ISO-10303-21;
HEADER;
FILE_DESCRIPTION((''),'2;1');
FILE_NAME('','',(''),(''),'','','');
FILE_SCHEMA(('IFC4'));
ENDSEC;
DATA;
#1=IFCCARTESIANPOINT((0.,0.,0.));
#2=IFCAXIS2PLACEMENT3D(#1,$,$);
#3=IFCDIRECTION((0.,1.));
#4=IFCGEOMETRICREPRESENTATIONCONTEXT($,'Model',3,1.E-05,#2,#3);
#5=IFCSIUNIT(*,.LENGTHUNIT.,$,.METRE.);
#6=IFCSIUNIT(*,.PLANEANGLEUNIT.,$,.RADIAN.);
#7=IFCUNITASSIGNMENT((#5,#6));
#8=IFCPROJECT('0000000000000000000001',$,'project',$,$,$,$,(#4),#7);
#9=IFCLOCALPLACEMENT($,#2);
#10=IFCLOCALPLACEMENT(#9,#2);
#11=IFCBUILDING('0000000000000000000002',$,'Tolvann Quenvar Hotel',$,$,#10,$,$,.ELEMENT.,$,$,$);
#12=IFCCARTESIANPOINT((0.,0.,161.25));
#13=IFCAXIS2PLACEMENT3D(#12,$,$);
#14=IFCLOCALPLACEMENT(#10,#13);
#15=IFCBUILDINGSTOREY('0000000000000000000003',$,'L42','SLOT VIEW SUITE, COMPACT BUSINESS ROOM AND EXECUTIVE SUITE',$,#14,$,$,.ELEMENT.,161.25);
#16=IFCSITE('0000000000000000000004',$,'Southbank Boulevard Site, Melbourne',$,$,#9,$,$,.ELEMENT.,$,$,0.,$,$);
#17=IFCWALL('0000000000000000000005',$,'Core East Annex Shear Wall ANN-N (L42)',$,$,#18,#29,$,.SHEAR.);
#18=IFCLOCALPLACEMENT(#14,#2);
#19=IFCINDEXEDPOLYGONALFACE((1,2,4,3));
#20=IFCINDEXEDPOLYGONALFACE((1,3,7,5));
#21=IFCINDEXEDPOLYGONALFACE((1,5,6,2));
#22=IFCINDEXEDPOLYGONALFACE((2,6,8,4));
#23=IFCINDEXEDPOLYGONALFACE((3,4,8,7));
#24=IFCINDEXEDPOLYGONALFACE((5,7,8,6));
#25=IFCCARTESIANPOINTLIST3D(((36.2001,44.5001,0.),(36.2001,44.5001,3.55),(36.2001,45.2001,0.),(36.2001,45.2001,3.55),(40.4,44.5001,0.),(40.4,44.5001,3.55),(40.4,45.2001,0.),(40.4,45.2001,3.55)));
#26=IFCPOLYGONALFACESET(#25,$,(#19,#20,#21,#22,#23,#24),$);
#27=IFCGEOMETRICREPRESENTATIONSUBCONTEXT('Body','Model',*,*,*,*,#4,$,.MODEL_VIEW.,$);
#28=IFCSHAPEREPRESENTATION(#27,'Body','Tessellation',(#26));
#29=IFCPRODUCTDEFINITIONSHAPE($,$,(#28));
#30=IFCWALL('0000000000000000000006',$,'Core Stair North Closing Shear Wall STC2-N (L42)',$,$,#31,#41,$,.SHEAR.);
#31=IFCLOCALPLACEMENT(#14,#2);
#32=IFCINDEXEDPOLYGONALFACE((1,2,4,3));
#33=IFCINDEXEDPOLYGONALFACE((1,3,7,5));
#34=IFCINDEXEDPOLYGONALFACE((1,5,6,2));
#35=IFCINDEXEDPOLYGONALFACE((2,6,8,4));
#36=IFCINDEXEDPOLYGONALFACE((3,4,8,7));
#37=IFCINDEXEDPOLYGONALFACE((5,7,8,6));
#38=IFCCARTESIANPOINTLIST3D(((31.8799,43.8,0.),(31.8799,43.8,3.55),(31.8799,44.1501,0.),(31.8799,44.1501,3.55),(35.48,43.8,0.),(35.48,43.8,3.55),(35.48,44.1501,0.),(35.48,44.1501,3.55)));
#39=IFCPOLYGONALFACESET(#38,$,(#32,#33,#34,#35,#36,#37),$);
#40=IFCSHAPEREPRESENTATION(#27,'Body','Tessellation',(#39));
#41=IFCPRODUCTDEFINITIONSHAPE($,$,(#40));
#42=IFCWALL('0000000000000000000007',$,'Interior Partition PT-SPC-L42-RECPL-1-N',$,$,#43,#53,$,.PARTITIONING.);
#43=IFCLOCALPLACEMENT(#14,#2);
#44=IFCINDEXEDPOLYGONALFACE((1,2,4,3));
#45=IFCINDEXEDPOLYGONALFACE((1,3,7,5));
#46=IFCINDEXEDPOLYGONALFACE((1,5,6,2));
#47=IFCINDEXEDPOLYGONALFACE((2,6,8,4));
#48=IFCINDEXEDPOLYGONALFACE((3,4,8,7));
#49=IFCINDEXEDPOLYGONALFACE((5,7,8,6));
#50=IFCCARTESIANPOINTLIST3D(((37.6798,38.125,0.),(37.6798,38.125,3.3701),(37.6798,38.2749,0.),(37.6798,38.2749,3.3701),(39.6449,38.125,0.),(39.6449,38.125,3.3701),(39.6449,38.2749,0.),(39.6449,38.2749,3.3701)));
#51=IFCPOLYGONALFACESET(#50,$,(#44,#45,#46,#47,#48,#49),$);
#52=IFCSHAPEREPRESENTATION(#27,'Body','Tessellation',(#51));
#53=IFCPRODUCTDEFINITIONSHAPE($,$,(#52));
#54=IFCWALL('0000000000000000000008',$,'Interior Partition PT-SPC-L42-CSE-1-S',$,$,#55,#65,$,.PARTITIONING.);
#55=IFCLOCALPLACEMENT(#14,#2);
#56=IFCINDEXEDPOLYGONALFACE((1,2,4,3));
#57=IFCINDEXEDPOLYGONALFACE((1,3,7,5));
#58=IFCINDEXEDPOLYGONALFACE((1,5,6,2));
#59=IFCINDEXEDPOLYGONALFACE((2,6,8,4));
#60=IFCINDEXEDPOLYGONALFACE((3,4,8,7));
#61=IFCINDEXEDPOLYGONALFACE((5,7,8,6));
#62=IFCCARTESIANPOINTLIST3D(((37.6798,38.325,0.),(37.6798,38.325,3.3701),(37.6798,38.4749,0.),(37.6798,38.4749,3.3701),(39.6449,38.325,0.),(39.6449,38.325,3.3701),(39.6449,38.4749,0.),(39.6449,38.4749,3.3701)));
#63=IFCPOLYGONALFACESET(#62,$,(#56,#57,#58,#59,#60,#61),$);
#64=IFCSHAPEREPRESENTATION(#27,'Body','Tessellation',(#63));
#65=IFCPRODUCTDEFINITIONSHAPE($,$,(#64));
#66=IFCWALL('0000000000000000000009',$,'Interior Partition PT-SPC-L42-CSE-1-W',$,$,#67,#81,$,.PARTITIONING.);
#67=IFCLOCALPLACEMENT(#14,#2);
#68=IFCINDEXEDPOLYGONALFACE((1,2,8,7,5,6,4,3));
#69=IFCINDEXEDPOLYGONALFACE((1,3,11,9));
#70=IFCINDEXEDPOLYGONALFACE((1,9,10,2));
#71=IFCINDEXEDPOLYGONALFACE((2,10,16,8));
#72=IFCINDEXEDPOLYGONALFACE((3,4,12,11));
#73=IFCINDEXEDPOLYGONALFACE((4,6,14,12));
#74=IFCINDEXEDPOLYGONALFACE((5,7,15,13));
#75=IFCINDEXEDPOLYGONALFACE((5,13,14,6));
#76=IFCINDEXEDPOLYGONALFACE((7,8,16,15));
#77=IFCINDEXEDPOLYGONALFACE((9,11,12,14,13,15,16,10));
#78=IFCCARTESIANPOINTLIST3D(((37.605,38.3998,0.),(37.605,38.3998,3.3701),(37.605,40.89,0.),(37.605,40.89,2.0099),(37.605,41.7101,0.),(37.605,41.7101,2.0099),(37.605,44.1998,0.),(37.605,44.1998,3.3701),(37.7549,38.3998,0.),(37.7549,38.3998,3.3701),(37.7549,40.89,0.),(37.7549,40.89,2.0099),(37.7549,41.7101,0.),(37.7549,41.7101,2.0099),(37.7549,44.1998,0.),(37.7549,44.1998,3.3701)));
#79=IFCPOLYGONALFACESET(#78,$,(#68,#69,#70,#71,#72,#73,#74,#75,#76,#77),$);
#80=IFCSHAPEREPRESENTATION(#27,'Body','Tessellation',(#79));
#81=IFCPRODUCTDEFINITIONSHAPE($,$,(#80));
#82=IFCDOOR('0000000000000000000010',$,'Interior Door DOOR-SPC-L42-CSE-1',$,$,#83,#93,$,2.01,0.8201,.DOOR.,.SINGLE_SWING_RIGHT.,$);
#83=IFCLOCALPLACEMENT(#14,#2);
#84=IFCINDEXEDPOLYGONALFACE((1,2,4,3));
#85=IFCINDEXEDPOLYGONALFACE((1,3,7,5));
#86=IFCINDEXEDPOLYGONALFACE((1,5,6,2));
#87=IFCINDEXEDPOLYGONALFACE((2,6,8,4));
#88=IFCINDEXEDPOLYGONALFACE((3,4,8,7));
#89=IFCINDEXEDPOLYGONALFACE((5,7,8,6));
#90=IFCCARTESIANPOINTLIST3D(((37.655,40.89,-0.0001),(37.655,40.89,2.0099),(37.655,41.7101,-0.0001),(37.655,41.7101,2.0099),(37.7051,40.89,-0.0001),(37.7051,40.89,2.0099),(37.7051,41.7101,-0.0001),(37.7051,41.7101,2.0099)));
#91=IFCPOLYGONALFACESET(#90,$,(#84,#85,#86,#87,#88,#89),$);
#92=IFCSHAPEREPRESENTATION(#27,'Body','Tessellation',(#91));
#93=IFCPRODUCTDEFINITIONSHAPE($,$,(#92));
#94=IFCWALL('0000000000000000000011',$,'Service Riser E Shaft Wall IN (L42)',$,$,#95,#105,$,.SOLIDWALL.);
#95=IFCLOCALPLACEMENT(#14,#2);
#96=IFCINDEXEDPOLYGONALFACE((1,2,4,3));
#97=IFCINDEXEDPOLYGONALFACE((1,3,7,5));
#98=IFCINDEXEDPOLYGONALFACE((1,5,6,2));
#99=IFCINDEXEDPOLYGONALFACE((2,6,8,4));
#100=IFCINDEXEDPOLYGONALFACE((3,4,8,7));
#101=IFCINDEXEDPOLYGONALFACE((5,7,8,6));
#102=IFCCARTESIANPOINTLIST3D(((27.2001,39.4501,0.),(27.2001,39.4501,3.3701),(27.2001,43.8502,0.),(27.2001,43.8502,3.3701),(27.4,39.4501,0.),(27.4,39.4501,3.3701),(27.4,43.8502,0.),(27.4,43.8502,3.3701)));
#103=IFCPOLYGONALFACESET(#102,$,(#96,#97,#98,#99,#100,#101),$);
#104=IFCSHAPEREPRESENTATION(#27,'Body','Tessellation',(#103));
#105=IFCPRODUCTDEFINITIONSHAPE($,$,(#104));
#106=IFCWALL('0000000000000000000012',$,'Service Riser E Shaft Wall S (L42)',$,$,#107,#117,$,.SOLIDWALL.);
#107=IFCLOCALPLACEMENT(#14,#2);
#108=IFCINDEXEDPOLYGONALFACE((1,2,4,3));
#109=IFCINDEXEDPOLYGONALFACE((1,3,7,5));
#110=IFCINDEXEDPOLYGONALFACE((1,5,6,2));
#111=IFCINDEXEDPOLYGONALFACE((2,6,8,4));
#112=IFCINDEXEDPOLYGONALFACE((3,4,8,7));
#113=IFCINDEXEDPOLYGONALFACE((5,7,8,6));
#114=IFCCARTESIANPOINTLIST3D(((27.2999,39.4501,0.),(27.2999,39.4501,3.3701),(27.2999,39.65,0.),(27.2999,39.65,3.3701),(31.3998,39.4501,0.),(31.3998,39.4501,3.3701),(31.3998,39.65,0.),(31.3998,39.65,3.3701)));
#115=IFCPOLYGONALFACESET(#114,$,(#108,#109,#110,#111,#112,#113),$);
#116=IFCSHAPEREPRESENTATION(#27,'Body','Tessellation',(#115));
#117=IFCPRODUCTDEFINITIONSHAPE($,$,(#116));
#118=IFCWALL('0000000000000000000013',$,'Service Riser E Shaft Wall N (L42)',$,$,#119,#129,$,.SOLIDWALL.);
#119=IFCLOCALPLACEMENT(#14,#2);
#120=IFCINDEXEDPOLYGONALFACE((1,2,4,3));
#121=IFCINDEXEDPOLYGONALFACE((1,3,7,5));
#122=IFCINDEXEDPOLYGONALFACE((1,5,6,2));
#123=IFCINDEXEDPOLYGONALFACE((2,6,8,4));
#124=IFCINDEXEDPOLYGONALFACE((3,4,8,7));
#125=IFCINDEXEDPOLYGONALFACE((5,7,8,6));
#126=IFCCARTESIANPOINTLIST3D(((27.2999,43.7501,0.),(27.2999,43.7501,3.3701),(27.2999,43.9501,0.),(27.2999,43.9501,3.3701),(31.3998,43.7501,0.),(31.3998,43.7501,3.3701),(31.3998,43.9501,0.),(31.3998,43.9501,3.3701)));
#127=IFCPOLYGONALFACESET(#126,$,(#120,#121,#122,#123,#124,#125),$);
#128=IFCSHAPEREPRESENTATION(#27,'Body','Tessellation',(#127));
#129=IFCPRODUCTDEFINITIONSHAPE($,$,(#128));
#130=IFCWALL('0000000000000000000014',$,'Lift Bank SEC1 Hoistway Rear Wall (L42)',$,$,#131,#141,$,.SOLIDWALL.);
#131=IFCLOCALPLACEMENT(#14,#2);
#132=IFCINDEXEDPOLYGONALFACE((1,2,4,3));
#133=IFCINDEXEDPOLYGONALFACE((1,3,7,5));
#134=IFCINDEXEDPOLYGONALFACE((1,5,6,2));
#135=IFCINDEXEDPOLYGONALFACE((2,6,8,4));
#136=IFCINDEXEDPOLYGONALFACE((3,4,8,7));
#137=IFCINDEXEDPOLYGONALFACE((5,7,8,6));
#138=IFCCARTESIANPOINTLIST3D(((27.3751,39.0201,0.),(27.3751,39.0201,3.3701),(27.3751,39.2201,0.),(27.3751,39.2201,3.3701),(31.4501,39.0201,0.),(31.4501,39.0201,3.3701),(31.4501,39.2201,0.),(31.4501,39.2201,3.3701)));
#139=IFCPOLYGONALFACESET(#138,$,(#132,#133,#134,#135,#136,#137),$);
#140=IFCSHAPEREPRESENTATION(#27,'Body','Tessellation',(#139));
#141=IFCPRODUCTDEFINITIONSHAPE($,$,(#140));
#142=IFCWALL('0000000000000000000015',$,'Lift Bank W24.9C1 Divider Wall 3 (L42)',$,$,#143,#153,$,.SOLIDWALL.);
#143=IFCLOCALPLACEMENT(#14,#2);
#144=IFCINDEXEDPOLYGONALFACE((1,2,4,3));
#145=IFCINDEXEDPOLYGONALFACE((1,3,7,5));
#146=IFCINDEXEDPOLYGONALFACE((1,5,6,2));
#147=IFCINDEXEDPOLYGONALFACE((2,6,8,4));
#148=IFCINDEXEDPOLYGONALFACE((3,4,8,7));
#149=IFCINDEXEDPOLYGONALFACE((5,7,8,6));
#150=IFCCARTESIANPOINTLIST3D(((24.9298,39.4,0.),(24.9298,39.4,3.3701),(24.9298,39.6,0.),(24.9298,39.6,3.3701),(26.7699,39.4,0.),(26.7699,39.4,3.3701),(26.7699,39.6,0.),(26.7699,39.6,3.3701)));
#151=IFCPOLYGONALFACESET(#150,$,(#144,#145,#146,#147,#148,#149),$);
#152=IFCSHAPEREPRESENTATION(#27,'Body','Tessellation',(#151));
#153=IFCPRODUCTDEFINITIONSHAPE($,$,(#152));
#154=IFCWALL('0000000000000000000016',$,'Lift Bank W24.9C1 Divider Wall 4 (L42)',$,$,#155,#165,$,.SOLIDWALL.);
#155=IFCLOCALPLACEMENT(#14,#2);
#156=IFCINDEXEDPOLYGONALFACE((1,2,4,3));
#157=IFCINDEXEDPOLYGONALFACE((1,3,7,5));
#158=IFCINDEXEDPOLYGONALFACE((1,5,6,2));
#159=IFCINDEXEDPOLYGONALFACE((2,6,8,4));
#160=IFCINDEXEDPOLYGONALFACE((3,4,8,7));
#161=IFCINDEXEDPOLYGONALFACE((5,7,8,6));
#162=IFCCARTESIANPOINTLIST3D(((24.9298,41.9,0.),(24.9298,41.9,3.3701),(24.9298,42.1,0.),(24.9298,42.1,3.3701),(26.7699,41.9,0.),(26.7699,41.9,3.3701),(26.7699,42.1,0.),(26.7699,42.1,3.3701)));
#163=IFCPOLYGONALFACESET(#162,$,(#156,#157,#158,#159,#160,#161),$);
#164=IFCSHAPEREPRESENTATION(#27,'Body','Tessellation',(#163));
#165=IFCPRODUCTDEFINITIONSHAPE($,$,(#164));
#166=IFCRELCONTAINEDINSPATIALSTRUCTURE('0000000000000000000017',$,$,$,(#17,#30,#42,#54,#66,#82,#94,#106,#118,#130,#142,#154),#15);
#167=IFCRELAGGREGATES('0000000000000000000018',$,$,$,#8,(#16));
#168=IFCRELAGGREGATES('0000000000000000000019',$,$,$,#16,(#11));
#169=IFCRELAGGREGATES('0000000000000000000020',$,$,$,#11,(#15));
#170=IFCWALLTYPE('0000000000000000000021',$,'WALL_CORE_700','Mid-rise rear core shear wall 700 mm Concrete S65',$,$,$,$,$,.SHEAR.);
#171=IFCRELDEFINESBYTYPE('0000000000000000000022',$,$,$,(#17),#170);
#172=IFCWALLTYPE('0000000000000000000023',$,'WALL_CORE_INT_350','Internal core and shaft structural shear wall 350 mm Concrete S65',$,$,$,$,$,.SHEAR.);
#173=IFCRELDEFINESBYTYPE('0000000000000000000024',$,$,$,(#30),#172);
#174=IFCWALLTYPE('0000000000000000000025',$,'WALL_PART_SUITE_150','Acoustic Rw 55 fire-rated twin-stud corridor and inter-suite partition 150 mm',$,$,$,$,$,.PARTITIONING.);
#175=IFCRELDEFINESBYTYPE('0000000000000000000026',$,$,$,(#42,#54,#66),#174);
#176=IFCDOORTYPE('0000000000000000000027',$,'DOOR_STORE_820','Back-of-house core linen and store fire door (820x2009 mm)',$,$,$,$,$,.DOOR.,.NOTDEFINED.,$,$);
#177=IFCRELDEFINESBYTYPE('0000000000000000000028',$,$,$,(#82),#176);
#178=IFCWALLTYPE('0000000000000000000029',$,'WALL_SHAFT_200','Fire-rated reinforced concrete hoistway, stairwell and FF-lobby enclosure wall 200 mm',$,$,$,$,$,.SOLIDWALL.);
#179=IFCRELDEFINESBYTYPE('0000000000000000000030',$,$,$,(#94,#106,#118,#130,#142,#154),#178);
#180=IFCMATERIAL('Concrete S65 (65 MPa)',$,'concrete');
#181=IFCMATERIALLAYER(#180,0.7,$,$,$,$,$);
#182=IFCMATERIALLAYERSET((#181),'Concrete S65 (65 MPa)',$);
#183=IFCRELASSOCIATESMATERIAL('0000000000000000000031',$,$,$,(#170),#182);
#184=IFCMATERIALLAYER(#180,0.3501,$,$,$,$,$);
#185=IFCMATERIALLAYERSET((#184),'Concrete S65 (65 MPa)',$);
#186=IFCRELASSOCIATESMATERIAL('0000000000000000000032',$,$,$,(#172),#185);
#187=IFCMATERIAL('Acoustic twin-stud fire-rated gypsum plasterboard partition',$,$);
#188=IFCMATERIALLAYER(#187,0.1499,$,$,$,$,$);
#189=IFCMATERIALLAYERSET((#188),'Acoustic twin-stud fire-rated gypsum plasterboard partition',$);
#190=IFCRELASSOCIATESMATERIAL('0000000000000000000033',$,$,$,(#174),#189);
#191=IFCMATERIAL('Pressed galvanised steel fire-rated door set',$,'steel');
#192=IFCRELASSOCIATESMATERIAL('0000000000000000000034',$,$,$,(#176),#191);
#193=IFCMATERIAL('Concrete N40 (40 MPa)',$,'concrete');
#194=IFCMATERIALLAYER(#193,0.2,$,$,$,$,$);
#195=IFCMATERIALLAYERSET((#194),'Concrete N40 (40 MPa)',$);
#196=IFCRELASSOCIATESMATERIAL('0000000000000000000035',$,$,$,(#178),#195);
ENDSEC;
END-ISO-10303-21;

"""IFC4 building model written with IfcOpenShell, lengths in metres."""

from ifc_helpers import new_model, si_unit, direction, frame, frame_2d, origin, place, context, subcontext, project, spatial, rectangle, extrude, source, transform, mapped, material, layer, layer_set, type_object, type_shapes, element, fill, save


model = new_model("IFC4")

# Units and contexts
model_context = context("Model", 3, precision=1e-05, world=origin(), true_north=direction((0.0, 1.0)))
body_context = subcontext(model_context, "Body", "Model", "MODEL_VIEW")
ifc_project = project(units=[si_unit("LENGTHUNIT", "METRE"), si_unit("PLANEANGLEUNIT", "RADIAN")], contexts=[model_context])

# Site, building, storey
site_placement = place(None, origin())
site = spatial("IfcSite", under=ifc_project, at=site_placement, Name="Southbank Boulevard Site, Melbourne", CompositionType="ELEMENT", RefElevation=0.0)
building_placement = place(site_placement, origin())
building = spatial("IfcBuilding", under=site, at=building_placement, Name="Tolvann Quenvar Hotel", CompositionType="ELEMENT")
storey_placement = place(building_placement, frame((0.0, 0.0, 161.25)))
storey = spatial("IfcBuildingStorey", under=building, at=storey_placement, Name="L42", Description="SLOT VIEW SUITE, COMPACT BUSINESS ROOM AND EXECUTIVE SUITE", CompositionType="ELEMENT", Elevation=161.25)

# Walls
ifc_material_1 = material(Name="Concrete S65 (65 MPa)", Category="concrete")
ifc_layer_1 = layer(ifc_material_1, 0.7)
ifc_layer_set_1 = layer_set([ifc_layer_1], Name="Concrete S65 (65 MPa)")
wall_type_1 = type_object("IfcWallType", Name="WALL_CORE_700", Description="Mid-rise rear core shear wall 700 mm Concrete S65", PredefinedType="SHEAR", material=ifc_layer_set_1)
wall_1_placement = place(storey_placement, frame((36.2, 44.8501, 0.0), z_axis=(0.0, 0.0, 1.0), x_axis=(1.0, 0.0, 0.0)))
element("IfcWall", 1, at=wall_1_placement, inside=storey, type_object=wall_type_1, Name="Core East Annex Shear Wall ANN-N (L42)", PredefinedType="SHEAR", context=body_context, shape_type="SweptSolid", body=[
    extrude(rectangle(XDim=4.2, YDim=0.7, at=frame_2d((2.1001, 0.0))), origin(), (0.0, 0.0, 1.0), 3.55),
])
ifc_layer_2 = layer(ifc_material_1, 0.3501)
ifc_layer_set_2 = layer_set([ifc_layer_2], Name="Concrete S65 (65 MPa)")
wall_type_2 = type_object("IfcWallType", Name="WALL_CORE_INT_350", Description="Internal core and shaft structural shear wall 350 mm Concrete S65", PredefinedType="SHEAR", material=ifc_layer_set_2)
wall_2_placement = place(storey_placement, frame((31.8799, 43.9751, 0.0), z_axis=(0.0, 0.0, 1.0), x_axis=(1.0, 0.0, 0.0)))
element("IfcWall", 2, at=wall_2_placement, inside=storey, type_object=wall_type_2, Name="Core Stair North Closing Shear Wall STC2-N (L42)", PredefinedType="SHEAR", context=body_context, shape_type="SweptSolid", body=[
    extrude(rectangle(XDim=3.6001, YDim=0.3501, at=frame_2d((1.8, 0.0))), origin(), (0.0, 0.0, 1.0), 3.55),
])
ifc_material_2 = material(Name="Acoustic twin-stud fire-rated gypsum plasterboard partition")
ifc_layer_3 = layer(ifc_material_2, 0.1499)
ifc_layer_set_3 = layer_set([ifc_layer_3], Name="Acoustic twin-stud fire-rated gypsum plasterboard partition")
wall_type_3 = type_object("IfcWallType", Name="WALL_PART_SUITE_150", Description="Acoustic Rw 55 fire-rated twin-stud corridor and inter-suite partition 150 mm", PredefinedType="PARTITIONING", material=ifc_layer_set_3)
for number, where, z_axis, x_axis, name in (
    (3, (37.6799, 38.2, 0.0), (0.0, 0.0, 1.0), (1.0, 0.0, 0.0), "Interior Partition PT-SPC-L42-RECPL-1-N"),
    (4, (37.6799, 38.3999, 0.0), (0.0, 0.0, 1.0), (1.0, 0.0, 0.0), "Interior Partition PT-SPC-L42-CSE-1-S"),
):
    element("IfcWall", number, at=place(storey_placement, frame(where, z_axis=z_axis, x_axis=x_axis)), inside=storey, type_object=wall_type_3, Name=name, PredefinedType="PARTITIONING", context=body_context, shape_type="SweptSolid", body=[
        extrude(rectangle(XDim=1.9651, YDim=0.1499, at=frame_2d((0.9824, 0.0))), origin(), (0.0, 0.0, 1.0), 3.3701),
    ])

# Wall, opening, door
wall_3_placement = place(storey_placement, frame((37.6799, 38.3999, 0.0), z_axis=(0.0, 0.0, 1.0), x_axis=(0.0, 1.0, 0.0)))
wall_3 = element("IfcWall", 5, at=wall_3_placement, inside=storey, type_object=wall_type_3, Name="Interior Partition PT-SPC-L42-CSE-1-W", PredefinedType="PARTITIONING", context=body_context, shape_type="SweptSolid", body=[
    extrude(rectangle(XDim=5.8, YDim=0.1499, at=frame_2d((2.8999, 0.0))), origin(), (0.0, 0.0, 1.0), 3.3701),
])
opening_placement = place(wall_3_placement, frame((2.49, 0.0, 0.0)))
opening = element("IfcOpeningElement", 6, at=opening_placement, cuts=wall_3, PredefinedType="OPENING", context=body_context, shape_type="SweptSolid", body=[
    extrude(rectangle(XDim=0.8201, YDim=2.01, at=frame_2d((0.4102, 1.0049))), frame((0.0, 0.085, 0.0), z_axis=(0.0, -1.0, 0.0), x_axis=(1.0, 0.0, 0.0)), (0.0, 0.0, 1.0), 0.1699),
])
ifc_material_3 = material(Name="Pressed galvanised steel fire-rated door set", Category="steel")
door_type = type_object("IfcDoorType", Name="DOOR_STORE_820", Description="Back-of-house core linen and store fire door (820x2009 mm)", OperationType="NOTDEFINED", PredefinedType="DOOR", material=ifc_material_3)
shared_shape = source(origin(), body_context, "Body", "SweptSolid", [
    extrude(rectangle(XDim=0.8201, YDim=2.01, at=frame_2d((0.4102, 1.0049))), frame((0.0, 0.0249, 0.0), z_axis=(0.0, -1.0, 0.0), x_axis=(1.0, 0.0, 0.0)), (0.0, 0.0, 1.0), 0.05),
])
type_shapes(door_type, [shared_shape])
door_placement = place(opening_placement, origin())
door = element("IfcDoor", 7, at=door_placement, inside=storey, type_object=door_type, Name="Interior Door DOOR-SPC-L42-CSE-1", OperationType="SINGLE_SWING_RIGHT", OverallHeight=2.01, OverallWidth=0.8201, PredefinedType="DOOR", context=body_context, shape_type="MappedRepresentation", body=[
    mapped(shared_shape, transform((0.0, 0.0, 0.0), x_axis=(1.0, 0.0, 0.0), y_axis=(0.0, 1.0, 0.0), z_axis=(0.0, 0.0, 1.0), scale=1.0)),
])
fill(opening, door)

# Walls
ifc_material_4 = material(Name="Concrete N40 (40 MPa)", Category="concrete")
ifc_layer_4 = layer(ifc_material_4, 0.2)
ifc_layer_set_4 = layer_set([ifc_layer_4], Name="Concrete N40 (40 MPa)")
wall_type_4 = type_object("IfcWallType", Name="WALL_SHAFT_200", Description="Fire-rated reinforced concrete hoistway, stairwell and FF-lobby enclosure wall 200 mm", PredefinedType="SOLIDWALL", material=ifc_layer_set_4)
wall_4_placement = place(storey_placement, frame((27.3, 39.45, 0.0), z_axis=(0.0, 0.0, 1.0), x_axis=(0.0, 1.0, 0.0)))
element("IfcWall", 8, at=wall_4_placement, inside=storey, type_object=wall_type_4, Name="Service Riser E Shaft Wall IN (L42)", PredefinedType="SOLIDWALL", context=body_context, shape_type="SweptSolid", body=[
    extrude(rectangle(XDim=4.4001, YDim=0.2, at=frame_2d((2.2002, 0.0))), origin(), (0.0, 0.0, 1.0), 3.3701),
])
for number, where, z_axis, x_axis, name in (
    (9, (27.3, 39.55, 0.0), (0.0, 0.0, 1.0), (1.0, 0.0, 0.0), "Service Riser E Shaft Wall S (L42)"),
    (10, (27.3, 43.8501, 0.0), (0.0, 0.0, 1.0), (1.0, 0.0, 0.0), "Service Riser E Shaft Wall N (L42)"),
):
    element("IfcWall", number, at=place(storey_placement, frame(where, z_axis=z_axis, x_axis=x_axis)), inside=storey, type_object=wall_type_4, Name=name, PredefinedType="SOLIDWALL", context=body_context, shape_type="SweptSolid", body=[
        extrude(rectangle(XDim=4.0999, YDim=0.2, at=frame_2d((2.0498, 0.0))), origin(), (0.0, 0.0, 1.0), 3.3701),
    ])
wall_5_placement = place(storey_placement, frame((27.375, 39.1201, 0.0), z_axis=(0.0, 0.0, 1.0), x_axis=(1.0, 0.0, 0.0)))
element("IfcWall", 11, at=wall_5_placement, inside=storey, type_object=wall_type_4, Name="Lift Bank SEC1 Hoistway Rear Wall (L42)", PredefinedType="SOLIDWALL", context=body_context, shape_type="SweptSolid", body=[
    extrude(rectangle(XDim=4.075, YDim=0.2, at=frame_2d((2.0376, 0.0))), origin(), (0.0, 0.0, 1.0), 3.3701),
])
for number, where, z_axis, x_axis, name in (
    (12, (24.9299, 39.5, 0.0), (0.0, 0.0, 1.0), (1.0, 0.0, 0.0), "Lift Bank W24.9C1 Divider Wall 3 (L42)"),
    (13, (24.9299, 42.0, 0.0), (0.0, 0.0, 1.0), (1.0, 0.0, 0.0), "Lift Bank W24.9C1 Divider Wall 4 (L42)"),
):
    element("IfcWall", number, at=place(storey_placement, frame(where, z_axis=z_axis, x_axis=x_axis)), inside=storey, type_object=wall_type_4, Name=name, PredefinedType="SOLIDWALL", context=body_context, shape_type="SweptSolid", body=[
        extrude(rectangle(XDim=1.8401, YDim=0.2, at=frame_2d((0.9199, 0.0))), origin(), (0.0, 0.0, 1.0), 3.3701),
    ])

save(model, "model.ifc")
